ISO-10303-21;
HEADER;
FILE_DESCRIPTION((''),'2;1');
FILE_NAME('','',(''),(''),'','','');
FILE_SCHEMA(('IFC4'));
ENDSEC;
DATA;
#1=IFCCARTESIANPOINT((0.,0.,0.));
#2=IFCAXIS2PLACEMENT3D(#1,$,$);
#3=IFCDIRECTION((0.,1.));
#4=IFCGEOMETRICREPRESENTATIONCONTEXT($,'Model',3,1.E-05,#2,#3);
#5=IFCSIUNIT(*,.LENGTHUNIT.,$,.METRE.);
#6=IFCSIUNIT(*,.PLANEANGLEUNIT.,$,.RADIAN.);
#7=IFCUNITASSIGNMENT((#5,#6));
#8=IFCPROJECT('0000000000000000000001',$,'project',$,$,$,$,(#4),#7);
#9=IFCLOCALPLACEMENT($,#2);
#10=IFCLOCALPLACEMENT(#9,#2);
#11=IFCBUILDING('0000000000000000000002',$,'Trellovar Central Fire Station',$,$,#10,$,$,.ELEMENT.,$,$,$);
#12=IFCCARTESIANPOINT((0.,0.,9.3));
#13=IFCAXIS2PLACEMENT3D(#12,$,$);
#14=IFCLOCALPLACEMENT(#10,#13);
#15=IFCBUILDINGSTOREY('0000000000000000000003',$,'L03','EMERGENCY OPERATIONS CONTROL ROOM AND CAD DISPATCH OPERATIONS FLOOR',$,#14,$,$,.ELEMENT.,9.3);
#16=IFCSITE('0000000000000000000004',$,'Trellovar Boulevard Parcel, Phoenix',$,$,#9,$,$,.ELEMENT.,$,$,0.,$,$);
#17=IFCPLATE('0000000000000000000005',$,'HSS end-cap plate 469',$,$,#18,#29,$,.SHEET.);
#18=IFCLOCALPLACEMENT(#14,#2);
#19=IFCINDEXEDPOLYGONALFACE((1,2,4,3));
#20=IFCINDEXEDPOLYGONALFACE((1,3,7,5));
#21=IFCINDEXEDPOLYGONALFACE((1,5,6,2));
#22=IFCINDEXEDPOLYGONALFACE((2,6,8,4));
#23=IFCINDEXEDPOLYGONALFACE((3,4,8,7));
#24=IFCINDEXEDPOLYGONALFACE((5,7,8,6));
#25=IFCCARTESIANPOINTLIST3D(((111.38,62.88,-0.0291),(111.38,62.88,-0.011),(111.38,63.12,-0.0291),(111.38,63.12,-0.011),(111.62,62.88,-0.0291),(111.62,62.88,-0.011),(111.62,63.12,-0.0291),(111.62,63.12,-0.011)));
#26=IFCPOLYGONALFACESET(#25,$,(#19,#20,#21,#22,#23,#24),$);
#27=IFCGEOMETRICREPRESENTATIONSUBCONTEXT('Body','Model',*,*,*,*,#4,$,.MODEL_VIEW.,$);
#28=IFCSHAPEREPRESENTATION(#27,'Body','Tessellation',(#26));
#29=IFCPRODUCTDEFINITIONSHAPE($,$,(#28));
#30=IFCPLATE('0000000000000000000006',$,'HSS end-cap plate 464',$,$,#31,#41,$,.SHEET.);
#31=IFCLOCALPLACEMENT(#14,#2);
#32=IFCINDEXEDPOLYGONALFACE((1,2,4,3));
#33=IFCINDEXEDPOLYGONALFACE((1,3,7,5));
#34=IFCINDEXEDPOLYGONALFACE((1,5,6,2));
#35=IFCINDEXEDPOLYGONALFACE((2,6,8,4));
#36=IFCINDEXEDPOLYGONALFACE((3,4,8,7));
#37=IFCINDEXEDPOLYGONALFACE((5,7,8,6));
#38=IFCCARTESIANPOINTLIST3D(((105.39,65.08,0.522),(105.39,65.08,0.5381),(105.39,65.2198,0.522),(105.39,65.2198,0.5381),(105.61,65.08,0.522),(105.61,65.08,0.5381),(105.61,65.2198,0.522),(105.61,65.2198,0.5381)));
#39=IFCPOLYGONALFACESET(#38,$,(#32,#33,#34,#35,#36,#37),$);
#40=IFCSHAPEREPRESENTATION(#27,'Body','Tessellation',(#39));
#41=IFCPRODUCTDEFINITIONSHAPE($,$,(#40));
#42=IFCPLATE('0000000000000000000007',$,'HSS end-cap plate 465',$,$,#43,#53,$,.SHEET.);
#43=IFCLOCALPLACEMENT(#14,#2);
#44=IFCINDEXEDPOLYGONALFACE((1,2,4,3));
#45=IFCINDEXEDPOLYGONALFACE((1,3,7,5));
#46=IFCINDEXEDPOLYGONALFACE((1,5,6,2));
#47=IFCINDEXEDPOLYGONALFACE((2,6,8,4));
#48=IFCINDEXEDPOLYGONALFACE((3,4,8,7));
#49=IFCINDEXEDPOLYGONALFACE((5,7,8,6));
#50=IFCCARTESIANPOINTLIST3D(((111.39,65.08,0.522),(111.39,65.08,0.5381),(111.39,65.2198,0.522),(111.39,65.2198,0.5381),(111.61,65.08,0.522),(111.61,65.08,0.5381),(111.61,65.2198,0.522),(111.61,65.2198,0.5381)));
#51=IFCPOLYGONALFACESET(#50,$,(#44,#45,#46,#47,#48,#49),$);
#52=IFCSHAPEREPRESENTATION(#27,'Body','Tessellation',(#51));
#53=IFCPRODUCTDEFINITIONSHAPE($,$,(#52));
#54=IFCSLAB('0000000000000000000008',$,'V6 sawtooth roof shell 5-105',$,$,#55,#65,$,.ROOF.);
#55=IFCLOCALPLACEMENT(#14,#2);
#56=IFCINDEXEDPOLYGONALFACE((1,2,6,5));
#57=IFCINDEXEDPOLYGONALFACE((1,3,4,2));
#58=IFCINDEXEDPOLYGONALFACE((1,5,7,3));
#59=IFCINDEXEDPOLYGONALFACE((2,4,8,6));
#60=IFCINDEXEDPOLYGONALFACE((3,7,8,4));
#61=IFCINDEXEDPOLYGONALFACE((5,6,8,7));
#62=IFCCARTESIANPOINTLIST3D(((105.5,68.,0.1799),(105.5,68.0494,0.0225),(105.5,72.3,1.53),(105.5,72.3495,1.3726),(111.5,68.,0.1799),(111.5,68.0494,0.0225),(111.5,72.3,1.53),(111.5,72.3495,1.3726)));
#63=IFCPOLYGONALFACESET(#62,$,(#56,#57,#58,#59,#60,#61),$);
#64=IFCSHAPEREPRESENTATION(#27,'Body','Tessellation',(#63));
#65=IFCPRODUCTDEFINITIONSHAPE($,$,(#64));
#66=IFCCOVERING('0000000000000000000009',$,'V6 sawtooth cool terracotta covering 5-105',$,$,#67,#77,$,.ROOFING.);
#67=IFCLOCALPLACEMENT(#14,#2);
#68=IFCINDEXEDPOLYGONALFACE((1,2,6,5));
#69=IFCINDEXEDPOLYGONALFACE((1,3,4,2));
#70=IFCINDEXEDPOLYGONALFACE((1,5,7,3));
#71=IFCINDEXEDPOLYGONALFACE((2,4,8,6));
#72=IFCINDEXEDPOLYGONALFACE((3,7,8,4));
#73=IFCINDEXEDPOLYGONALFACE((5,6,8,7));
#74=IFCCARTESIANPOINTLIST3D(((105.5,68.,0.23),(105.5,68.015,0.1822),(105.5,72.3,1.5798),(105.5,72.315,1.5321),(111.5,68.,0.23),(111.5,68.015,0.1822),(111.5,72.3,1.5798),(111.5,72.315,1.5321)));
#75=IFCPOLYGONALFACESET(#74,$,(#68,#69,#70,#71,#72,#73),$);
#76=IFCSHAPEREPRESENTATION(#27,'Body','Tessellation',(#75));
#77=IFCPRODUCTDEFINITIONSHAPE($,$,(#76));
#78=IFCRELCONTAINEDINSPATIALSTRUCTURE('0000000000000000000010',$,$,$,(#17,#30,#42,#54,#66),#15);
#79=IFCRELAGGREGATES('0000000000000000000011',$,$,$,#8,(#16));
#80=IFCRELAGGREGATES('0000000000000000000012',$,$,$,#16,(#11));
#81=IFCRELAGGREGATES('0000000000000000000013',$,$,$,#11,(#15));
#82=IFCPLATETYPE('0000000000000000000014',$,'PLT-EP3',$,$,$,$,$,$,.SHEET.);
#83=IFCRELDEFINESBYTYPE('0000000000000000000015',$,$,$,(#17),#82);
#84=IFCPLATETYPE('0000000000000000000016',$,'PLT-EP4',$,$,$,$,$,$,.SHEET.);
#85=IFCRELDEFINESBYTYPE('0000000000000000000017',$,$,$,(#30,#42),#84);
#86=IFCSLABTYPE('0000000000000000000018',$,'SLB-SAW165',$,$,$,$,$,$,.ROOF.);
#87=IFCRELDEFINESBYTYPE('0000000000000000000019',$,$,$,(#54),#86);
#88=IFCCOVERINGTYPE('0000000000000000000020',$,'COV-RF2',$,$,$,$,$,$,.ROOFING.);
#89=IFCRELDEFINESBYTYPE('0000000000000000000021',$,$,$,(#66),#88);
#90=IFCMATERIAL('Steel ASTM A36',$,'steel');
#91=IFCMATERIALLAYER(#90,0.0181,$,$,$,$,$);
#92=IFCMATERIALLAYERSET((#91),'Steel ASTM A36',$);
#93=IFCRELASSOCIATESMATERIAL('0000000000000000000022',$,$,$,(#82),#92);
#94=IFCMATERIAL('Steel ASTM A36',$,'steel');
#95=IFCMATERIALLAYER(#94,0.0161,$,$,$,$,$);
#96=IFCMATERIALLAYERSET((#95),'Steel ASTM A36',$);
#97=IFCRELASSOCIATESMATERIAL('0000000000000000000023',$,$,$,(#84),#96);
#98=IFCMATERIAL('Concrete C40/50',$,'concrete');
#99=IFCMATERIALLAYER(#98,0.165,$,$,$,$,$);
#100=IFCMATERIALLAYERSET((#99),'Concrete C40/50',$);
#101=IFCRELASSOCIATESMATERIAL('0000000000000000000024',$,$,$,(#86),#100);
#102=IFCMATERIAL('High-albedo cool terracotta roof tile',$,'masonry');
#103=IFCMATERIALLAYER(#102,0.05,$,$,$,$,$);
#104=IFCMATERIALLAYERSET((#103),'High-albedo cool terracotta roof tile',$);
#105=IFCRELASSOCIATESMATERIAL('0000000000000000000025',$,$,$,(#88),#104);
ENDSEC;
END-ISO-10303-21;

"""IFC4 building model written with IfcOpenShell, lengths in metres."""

from ifc_helpers import new_model, si_unit, direction, frame, origin, origin_2d, place, context, subcontext, project, spatial, polyline, rectangle, outline, extrude, material, layer, layer_set, type_object, element, save


model = new_model("IFC4")

# Units and contexts
model_context = context("Model", 3, precision=1e-05, world=origin(), true_north=direction((0.0, 1.0)))
body_context = subcontext(model_context, "Body", "Model", "MODEL_VIEW")
ifc_project = project(units=[si_unit("LENGTHUNIT", "METRE"), si_unit("PLANEANGLEUNIT", "RADIAN")], contexts=[model_context])

# Site, building, storey
site_placement = place(None, origin())
site = spatial("IfcSite", under=ifc_project, at=site_placement, Name="Trellovar Boulevard Parcel, Phoenix", CompositionType="ELEMENT", RefElevation=0.0)
building_placement = place(site_placement, origin())
building = spatial("IfcBuilding", under=site, at=building_placement, Name="Trellovar Central Fire Station", CompositionType="ELEMENT")
storey_placement = place(building_placement, frame((0.0, 0.0, 9.3)))
storey = spatial("IfcBuildingStorey", under=building, at=storey_placement, Name="L03", Description="EMERGENCY OPERATIONS CONTROL ROOM AND CAD DISPATCH OPERATIONS FLOOR", CompositionType="ELEMENT", Elevation=9.3)

# Plates
ifc_material_1 = material(Name="Steel ASTM A36", Category="steel")
ifc_layer_1 = layer(ifc_material_1, 0.0181)
ifc_layer_set_1 = layer_set([ifc_layer_1], Name="Steel ASTM A36")
plate_type_1 = type_object("IfcPlateType", Name="PLT-EP3", PredefinedType="SHEET", material=ifc_layer_set_1)
for number, where, z_axis, x_axis, name in (
    (1, (111.5, 63.0, -0.0291), (0.0, 0.0, 1.0), (1.0, 0.0, 0.0), "HSS end-cap plate 469"),
):
    element("IfcPlate", number, at=place(storey_placement, frame(where, z_axis=z_axis, x_axis=x_axis)), inside=storey, type_object=plate_type_1, Name=name, PredefinedType="SHEET", context=body_context, shape_type="SweptSolid", body=[
        extrude(rectangle(XDim=0.24, YDim=0.24, at=origin_2d()), origin(), (0.0, 0.0, 1.0), 0.0181),
    ])
ifc_material_2 = material(Name="Steel ASTM A36", Category="steel")
ifc_layer_2 = layer(ifc_material_2, 0.0161)
ifc_layer_set_2 = layer_set([ifc_layer_2], Name="Steel ASTM A36")
plate_type_2 = type_object("IfcPlateType", Name="PLT-EP4", PredefinedType="SHEET", material=ifc_layer_set_2)
for number, where, z_axis, x_axis, name in (
    (2, (105.5, 65.1499, 0.522), (0.0, 0.0, 1.0), (1.0, 0.0, 0.0), "HSS end-cap plate 464"),
    (3, (111.5, 65.1499, 0.522), (0.0, 0.0, 1.0), (1.0, 0.0, 0.0), "HSS end-cap plate 465"),
):
    element("IfcPlate", number, at=place(storey_placement, frame(where, z_axis=z_axis, x_axis=x_axis)), inside=storey, type_object=plate_type_2, Name=name, PredefinedType="SHEET", context=body_context, shape_type="SweptSolid", body=[
        extrude(rectangle(XDim=0.22, YDim=0.1399, at=origin_2d()), origin(), (0.0, 0.0, 1.0), 0.0161),
    ])

# Slab
ifc_material_3 = material(Name="Concrete C40/50", Category="concrete")
ifc_layer_3 = layer(ifc_material_3, 0.165)
ifc_layer_set_3 = layer_set([ifc_layer_3], Name="Concrete C40/50")
slab_type = type_object("IfcSlabType", Name="SLB-SAW165", PredefinedType="ROOF", material=ifc_layer_set_3)
slab_placement = place(storey_placement, frame((105.5, 68.0, 0.1799), z_axis=(0.0, -0.299555, 0.954079), x_axis=(1.0, 0.0, 0.0)))
element("IfcSlab", 4, at=slab_placement, inside=storey, type_object=slab_type, Name="V6 sawtooth roof shell 5-105", PredefinedType="ROOF", context=body_context, shape_type="SweptSolid", body=[
    extrude(outline(polyline([(0.0, 0.0), (6.0, 0.0), (6.0, 4.507), (0.0, 4.507), (0.0, 0.0)])), origin(), (0.0, 0.0, -1.0), 0.165),
])

# Covering
ifc_material_4 = material(Name="High-albedo cool terracotta roof tile", Category="masonry")
ifc_layer_4 = layer(ifc_material_4, 0.05)
ifc_layer_set_4 = layer_set([ifc_layer_4], Name="High-albedo cool terracotta roof tile")
covering_type = type_object("IfcCoveringType", Name="COV-RF2", PredefinedType="ROOFING", material=ifc_layer_set_4)
covering_placement = place(storey_placement, frame((105.5, 68.0, 0.23), z_axis=(0.0, -0.299505, 0.954095), x_axis=(1.0, 0.0, 0.0)))
element("IfcCovering", 5, at=covering_placement, inside=storey, type_object=covering_type, Name="V6 sawtooth cool terracotta covering 5-105", PredefinedType="ROOFING", context=body_context, shape_type="SweptSolid", body=[
    extrude(outline(polyline([(0.0, 0.0), (6.0, 0.0), (6.0, 4.5069), (0.0, 4.5069), (0.0, 0.0)])), origin(), (0.0, 0.0, -1.0), 0.05),
])

save(model, "model.ifc")
